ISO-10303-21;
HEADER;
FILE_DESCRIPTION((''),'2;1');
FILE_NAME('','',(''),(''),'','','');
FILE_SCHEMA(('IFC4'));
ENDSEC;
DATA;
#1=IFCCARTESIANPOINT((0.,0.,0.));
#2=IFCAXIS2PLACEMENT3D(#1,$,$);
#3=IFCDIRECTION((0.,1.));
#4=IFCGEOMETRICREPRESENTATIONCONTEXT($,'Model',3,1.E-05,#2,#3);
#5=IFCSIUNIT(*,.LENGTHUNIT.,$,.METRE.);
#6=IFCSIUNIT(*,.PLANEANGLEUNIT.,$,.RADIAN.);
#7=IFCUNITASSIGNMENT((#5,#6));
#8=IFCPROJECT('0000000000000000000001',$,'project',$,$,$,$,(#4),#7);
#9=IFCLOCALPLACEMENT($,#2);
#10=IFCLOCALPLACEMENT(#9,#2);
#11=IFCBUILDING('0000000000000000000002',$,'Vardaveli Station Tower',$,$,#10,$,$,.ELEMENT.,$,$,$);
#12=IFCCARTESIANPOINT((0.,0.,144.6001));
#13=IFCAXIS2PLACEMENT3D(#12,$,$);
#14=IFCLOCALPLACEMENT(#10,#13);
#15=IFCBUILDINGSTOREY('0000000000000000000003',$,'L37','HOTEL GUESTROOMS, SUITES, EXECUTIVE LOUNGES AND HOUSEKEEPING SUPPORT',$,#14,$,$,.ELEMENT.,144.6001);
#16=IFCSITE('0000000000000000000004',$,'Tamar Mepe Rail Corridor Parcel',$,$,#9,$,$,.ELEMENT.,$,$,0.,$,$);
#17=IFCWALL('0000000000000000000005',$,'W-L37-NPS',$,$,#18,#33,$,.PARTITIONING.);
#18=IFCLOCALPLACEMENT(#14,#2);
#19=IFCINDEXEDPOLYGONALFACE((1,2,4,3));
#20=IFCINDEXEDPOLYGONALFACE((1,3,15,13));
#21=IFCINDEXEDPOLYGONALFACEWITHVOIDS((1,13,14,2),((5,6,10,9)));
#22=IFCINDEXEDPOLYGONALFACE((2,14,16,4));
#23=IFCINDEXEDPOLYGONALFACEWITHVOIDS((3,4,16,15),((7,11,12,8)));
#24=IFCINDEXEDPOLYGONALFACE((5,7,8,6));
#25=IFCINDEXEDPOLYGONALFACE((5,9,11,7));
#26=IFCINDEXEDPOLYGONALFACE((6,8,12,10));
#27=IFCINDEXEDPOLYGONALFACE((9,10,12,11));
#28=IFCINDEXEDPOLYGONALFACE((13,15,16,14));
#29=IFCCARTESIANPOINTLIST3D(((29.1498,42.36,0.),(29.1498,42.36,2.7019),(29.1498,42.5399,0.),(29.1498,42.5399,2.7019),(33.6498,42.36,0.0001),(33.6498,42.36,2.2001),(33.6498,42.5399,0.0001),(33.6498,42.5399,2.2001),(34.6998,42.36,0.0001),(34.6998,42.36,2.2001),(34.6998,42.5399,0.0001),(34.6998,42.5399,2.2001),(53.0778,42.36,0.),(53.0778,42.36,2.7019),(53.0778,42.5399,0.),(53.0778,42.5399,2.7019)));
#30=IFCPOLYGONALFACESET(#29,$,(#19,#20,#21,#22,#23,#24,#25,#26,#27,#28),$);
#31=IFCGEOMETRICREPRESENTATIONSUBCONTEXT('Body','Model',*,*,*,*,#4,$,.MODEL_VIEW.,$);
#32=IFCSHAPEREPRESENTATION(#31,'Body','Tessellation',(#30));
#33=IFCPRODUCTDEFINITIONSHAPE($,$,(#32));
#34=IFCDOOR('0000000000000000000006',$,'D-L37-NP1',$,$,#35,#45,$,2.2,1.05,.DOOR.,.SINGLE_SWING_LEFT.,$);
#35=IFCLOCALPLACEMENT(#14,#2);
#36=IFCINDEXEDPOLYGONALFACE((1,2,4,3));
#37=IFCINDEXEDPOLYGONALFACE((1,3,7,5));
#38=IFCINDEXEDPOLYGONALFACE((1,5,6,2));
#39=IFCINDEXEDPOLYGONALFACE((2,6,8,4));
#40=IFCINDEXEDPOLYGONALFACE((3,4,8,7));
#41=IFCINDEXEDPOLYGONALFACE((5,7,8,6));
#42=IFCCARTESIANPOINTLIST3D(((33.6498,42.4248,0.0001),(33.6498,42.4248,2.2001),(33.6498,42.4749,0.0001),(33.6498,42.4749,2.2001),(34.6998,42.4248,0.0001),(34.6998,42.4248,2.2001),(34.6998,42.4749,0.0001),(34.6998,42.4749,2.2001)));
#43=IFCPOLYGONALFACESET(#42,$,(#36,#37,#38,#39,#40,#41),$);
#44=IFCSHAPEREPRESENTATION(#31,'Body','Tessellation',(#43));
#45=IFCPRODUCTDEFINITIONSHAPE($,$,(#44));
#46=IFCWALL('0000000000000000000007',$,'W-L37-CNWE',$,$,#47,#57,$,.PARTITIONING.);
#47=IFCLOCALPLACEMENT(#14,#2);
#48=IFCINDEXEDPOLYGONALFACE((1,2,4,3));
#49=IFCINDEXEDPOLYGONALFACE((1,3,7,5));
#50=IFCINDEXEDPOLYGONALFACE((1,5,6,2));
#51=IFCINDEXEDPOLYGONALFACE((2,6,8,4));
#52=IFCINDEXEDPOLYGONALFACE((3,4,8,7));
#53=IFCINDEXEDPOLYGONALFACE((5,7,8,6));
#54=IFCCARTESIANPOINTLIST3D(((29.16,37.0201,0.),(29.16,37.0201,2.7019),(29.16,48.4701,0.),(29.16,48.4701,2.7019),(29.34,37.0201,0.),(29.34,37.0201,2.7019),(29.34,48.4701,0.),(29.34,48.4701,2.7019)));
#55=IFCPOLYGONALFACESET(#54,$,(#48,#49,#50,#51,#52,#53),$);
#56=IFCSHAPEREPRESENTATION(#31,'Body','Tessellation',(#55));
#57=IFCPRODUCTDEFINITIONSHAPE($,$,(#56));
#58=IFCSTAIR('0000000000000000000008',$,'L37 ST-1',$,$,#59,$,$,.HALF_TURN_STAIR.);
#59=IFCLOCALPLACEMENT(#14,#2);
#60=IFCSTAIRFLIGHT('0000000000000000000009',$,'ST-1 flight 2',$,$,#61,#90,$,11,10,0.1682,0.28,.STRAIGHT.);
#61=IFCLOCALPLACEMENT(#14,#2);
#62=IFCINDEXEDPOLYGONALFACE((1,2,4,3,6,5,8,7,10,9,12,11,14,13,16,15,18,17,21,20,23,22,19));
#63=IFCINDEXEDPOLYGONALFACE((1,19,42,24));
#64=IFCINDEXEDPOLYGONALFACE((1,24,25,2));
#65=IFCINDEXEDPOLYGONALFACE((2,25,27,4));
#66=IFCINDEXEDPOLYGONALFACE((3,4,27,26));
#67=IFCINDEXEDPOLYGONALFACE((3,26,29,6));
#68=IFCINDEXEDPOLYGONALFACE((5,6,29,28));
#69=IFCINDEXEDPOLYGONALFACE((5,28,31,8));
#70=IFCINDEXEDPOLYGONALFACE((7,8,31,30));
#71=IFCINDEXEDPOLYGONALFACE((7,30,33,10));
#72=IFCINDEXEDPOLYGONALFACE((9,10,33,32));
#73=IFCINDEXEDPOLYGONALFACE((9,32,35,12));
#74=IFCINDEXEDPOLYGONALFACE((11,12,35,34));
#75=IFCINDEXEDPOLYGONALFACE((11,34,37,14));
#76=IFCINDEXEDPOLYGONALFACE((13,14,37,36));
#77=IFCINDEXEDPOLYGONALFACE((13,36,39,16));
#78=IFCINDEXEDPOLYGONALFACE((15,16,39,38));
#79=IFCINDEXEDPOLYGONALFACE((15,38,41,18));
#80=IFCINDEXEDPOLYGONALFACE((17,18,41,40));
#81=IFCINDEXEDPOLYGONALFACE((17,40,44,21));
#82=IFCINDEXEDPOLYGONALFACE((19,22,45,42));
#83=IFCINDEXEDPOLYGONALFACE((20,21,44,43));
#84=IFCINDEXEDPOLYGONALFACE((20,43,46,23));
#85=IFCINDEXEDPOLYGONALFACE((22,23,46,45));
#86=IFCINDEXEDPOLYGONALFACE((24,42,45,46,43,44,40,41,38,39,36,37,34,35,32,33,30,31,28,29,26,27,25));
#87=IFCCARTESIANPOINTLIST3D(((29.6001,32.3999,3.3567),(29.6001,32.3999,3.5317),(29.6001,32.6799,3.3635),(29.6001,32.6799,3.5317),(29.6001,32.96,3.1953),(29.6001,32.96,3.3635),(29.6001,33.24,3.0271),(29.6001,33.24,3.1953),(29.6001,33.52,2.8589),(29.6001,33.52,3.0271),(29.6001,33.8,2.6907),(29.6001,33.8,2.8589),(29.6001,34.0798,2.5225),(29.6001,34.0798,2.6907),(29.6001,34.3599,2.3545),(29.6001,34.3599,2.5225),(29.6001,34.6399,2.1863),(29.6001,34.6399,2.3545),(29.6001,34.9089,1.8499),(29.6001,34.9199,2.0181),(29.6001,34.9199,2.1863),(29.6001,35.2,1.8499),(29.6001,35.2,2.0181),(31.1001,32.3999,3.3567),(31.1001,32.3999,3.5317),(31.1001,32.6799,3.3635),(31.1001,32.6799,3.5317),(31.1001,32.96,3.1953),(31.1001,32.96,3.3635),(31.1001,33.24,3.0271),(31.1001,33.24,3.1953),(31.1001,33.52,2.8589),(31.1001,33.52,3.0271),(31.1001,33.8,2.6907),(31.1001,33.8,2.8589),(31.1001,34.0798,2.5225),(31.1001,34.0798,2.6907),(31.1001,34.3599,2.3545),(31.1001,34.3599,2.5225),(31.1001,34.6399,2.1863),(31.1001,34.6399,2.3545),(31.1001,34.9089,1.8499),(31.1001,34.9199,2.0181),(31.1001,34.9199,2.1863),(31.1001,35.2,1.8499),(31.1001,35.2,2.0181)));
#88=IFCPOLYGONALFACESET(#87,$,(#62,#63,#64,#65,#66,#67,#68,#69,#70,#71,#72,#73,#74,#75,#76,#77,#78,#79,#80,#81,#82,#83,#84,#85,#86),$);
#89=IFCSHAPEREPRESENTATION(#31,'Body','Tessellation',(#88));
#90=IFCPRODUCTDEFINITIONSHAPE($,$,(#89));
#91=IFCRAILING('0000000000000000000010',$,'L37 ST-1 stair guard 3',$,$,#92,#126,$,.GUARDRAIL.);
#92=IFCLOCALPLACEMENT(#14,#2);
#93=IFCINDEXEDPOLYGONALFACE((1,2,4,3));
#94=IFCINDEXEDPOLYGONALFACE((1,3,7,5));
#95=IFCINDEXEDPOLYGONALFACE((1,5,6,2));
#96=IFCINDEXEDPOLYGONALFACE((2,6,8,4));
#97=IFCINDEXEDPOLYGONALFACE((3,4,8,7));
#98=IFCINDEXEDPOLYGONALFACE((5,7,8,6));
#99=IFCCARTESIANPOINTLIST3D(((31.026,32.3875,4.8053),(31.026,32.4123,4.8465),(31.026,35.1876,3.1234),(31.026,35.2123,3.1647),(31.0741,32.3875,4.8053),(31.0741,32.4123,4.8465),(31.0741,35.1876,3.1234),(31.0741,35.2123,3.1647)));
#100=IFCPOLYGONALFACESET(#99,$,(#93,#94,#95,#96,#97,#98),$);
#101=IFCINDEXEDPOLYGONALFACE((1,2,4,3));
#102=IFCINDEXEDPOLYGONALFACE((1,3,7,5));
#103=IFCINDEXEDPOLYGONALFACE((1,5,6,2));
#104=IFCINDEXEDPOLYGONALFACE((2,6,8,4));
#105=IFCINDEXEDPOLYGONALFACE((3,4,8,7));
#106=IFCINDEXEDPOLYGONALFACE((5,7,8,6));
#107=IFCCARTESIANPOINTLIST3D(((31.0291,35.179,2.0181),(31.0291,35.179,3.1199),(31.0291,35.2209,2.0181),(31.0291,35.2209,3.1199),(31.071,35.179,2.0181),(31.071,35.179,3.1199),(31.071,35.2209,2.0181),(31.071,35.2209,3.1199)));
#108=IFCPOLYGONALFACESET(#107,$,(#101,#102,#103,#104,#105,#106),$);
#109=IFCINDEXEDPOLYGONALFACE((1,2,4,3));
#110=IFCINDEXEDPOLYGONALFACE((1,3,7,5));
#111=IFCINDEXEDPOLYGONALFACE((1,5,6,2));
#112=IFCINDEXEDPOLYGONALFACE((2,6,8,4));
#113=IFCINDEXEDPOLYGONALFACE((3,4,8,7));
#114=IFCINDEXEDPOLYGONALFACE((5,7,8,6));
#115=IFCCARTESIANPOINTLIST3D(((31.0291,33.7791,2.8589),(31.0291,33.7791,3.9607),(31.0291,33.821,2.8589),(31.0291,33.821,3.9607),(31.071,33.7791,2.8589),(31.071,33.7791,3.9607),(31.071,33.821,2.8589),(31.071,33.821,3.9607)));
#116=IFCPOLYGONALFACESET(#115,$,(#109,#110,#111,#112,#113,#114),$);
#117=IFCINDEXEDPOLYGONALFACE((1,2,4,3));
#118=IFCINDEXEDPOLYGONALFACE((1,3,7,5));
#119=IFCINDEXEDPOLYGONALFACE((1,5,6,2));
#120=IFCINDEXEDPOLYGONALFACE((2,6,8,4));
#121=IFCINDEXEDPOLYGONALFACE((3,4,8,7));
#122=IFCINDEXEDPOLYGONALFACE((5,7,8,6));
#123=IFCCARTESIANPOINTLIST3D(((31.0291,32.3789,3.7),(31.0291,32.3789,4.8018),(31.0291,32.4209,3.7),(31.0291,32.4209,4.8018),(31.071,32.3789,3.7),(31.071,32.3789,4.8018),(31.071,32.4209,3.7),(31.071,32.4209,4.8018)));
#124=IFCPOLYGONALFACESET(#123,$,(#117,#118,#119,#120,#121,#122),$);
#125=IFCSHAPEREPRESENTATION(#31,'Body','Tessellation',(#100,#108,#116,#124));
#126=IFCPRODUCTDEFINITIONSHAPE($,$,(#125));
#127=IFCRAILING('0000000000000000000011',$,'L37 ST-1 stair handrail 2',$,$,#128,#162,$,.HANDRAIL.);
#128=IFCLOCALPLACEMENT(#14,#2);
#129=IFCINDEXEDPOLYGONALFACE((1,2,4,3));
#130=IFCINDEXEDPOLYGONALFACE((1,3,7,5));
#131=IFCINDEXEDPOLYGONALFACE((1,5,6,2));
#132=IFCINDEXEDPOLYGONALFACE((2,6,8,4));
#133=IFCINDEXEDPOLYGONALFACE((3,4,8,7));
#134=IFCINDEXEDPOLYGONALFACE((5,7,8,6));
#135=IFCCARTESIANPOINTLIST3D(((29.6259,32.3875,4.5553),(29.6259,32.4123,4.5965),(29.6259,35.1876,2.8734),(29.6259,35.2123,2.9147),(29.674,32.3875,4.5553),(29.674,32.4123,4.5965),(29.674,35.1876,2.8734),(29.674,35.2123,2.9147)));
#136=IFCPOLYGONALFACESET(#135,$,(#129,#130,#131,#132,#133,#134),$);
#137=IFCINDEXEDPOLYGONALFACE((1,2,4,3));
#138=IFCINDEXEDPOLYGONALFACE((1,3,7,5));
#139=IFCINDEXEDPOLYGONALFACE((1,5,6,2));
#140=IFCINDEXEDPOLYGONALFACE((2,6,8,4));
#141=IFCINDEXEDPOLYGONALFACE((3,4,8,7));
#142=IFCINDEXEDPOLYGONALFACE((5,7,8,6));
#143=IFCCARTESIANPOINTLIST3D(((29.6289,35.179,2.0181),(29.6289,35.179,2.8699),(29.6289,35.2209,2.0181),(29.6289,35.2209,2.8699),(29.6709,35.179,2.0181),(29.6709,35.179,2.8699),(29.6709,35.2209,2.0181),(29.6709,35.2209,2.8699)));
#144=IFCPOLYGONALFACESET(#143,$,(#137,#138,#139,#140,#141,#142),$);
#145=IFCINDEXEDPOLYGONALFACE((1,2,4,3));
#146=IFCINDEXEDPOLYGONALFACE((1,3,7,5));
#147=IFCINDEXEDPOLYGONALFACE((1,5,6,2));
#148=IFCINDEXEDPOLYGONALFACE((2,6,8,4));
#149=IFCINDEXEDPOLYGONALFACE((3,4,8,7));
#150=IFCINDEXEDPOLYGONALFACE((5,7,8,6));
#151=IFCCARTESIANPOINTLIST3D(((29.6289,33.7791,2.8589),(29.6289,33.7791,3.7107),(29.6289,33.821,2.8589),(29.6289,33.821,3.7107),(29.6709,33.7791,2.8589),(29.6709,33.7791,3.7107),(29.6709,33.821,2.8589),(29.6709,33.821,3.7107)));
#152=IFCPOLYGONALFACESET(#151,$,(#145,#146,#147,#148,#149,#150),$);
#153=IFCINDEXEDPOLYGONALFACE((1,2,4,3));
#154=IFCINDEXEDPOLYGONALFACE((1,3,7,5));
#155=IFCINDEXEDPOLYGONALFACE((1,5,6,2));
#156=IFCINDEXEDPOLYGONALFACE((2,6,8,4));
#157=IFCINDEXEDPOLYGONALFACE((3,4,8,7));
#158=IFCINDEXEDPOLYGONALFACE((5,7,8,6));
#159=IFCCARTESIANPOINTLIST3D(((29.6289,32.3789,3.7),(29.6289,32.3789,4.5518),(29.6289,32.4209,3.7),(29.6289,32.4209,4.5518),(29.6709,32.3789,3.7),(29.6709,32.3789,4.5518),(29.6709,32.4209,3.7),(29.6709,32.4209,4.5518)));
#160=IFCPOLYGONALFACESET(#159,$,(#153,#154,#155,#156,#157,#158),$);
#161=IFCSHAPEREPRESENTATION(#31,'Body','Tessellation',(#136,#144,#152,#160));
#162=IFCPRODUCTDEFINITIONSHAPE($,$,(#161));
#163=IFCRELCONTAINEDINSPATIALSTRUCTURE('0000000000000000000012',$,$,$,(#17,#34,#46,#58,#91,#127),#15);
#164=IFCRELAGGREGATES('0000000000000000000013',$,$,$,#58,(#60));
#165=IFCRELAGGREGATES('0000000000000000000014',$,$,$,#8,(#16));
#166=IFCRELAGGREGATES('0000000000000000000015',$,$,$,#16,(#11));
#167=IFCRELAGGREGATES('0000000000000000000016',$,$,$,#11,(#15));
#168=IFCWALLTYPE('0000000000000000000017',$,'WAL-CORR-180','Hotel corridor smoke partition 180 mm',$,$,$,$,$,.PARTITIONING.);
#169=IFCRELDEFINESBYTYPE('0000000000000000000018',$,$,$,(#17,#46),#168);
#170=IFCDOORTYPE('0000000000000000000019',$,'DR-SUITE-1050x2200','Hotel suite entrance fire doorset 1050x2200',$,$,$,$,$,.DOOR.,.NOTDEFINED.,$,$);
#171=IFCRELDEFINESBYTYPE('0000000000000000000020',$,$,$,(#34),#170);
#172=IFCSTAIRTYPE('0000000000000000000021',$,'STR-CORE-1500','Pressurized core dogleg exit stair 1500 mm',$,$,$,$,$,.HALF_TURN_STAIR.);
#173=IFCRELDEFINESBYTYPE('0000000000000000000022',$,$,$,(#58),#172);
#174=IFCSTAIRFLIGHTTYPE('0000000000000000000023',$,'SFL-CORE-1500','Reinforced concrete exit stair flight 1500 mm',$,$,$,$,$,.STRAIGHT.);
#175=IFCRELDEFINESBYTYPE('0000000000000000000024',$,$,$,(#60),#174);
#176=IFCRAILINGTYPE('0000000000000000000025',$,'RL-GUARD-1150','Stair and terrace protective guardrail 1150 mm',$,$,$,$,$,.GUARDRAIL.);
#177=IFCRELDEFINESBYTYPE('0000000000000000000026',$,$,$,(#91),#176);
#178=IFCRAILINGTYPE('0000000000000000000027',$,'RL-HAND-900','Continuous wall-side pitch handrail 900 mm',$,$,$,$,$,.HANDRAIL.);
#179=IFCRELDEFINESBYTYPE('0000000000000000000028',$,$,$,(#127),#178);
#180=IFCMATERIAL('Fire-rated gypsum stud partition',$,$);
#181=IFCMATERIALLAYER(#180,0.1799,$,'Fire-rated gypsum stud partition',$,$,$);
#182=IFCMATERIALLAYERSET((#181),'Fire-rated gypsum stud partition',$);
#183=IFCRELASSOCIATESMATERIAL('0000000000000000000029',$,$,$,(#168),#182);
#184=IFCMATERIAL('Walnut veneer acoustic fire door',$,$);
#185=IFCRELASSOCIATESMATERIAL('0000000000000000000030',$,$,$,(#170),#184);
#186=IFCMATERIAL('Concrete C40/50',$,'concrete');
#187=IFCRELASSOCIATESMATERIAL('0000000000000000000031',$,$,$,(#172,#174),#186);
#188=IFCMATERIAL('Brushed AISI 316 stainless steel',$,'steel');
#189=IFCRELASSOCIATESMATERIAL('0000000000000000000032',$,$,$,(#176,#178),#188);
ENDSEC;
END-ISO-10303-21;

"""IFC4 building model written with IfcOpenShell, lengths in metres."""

from ifc_helpers import new_model, si_unit, direction, frame, frame_2d, origin, origin_2d, place, context, subcontext, project, spatial, polyline, rectangle, outline, extrude, source, transform, mapped, material, layer, layer_set, type_object, element, fill, aggregate, save


model = new_model("IFC4")

# Units and contexts
model_context = context("Model", 3, precision=1e-05, world=origin(), true_north=direction((0.0, 1.0)))
body_context = subcontext(model_context, "Body", "Model", "MODEL_VIEW")
ifc_project = project(units=[si_unit("LENGTHUNIT", "METRE"), si_unit("PLANEANGLEUNIT", "RADIAN")], contexts=[model_context])

# Site, building, storey
site_placement = place(None, origin())
site = spatial("IfcSite", under=ifc_project, at=site_placement, Name="Tamar Mepe Rail Corridor Parcel", CompositionType="ELEMENT", RefElevation=0.0)
building_placement = place(site_placement, origin())
building = spatial("IfcBuilding", under=site, at=building_placement, Name="Vardaveli Station Tower", CompositionType="ELEMENT")
storey_placement = place(building_placement, frame((0.0, 0.0, 144.6001)))
storey = spatial("IfcBuildingStorey", under=building, at=storey_placement, Name="L37", Description="HOTEL GUESTROOMS, SUITES, EXECUTIVE LOUNGES AND HOUSEKEEPING SUPPORT", CompositionType="ELEMENT", Elevation=144.6001)

# Shared definitions
ifc_material_1 = material(Name="Concrete C40/50", Category="concrete")

# Wall, opening, door
ifc_material_2 = material(Name="Fire-rated gypsum stud partition")
ifc_layer_1 = layer(ifc_material_2, 0.1799, Name="Fire-rated gypsum stud partition")
ifc_layer_set_1 = layer_set([ifc_layer_1], Name="Fire-rated gypsum stud partition")
wall_type_1 = type_object("IfcWallType", Name="WAL-CORR-180", Description="Hotel corridor smoke partition 180 mm", PredefinedType="PARTITIONING", material=ifc_layer_set_1)
shared_shape_1 = source(origin(), body_context, "Body", "SweptSolid", [
    extrude(rectangle(XDim=23.928, YDim=0.1799, at=frame_2d((11.9639, 0.0))), origin(), (0.0, 0.0, 1.0), 2.7019),
])
wall_1_placement = place(storey_placement, frame((29.1499, 42.45, 0.0), z_axis=(0.0, 0.0, 1.0), x_axis=(1.0, 0.0, 0.0)))
wall_1 = element("IfcWall", 1, at=wall_1_placement, inside=storey, type_object=wall_type_1, Name="W-L37-NPS", PredefinedType="PARTITIONING", context=body_context, shape_type="MappedRepresentation", body=[
    mapped(shared_shape_1, transform((0.0, 0.0, 0.0), scale=1.0)),
])
shared_shape_2 = source(origin(), body_context, "Body", "SweptSolid", [
    extrude(rectangle(XDim=1.05, YDim=2.2, at=frame_2d((0.5249, 1.1001))), frame((0.0, 0.1001, 0.0), z_axis=(0.0, -1.0, 0.0), x_axis=(1.0, 0.0, 0.0)), (0.0, 0.0, 1.0), 0.2),
])
opening_1_placement = place(wall_1_placement, frame((4.5, 0.0, 0.0)))
opening_1 = element("IfcOpeningElement", 2, at=opening_1_placement, cuts=wall_1, PredefinedType="OPENING", context=body_context, shape_type="MappedRepresentation", body=[
    mapped(shared_shape_2, transform((0.0, 0.0, 0.0), scale=1.0)),
])
ifc_material_3 = material(Name="Walnut veneer acoustic fire door")
door_type_1 = type_object("IfcDoorType", Name="DR-SUITE-1050x2200", Description="Hotel suite entrance fire doorset 1050x2200", OperationType="NOTDEFINED", PredefinedType="DOOR", material=ifc_material_3)
shared_shape_3 = source(origin(), body_context, "Body", "SweptSolid", [
    extrude(rectangle(XDim=1.05, YDim=2.2, at=frame_2d((0.5249, 1.1001))), frame((0.0, 0.0249, 0.0), z_axis=(0.0, -1.0, 0.0), x_axis=(1.0, 0.0, 0.0)), (0.0, 0.0, 1.0), 0.05),
])
door_1_placement = place(opening_1_placement, origin())
door_1 = element("IfcDoor", 3, at=door_1_placement, inside=storey, type_object=door_type_1, Name="D-L37-NP1", OperationType="SINGLE_SWING_LEFT", OverallHeight=2.2, OverallWidth=1.05, PredefinedType="DOOR", context=body_context, shape_type="MappedRepresentation", body=[
    mapped(shared_shape_3, transform((0.0, 0.0, 0.0), scale=1.0)),
])
fill(opening_1, door_1)

# Wall
shared_shape_4 = source(origin(), body_context, "Body", "SweptSolid", [
    extrude(rectangle(XDim=11.45, YDim=0.1799, at=frame_2d((5.7251, 0.0))), origin(), (0.0, 0.0, 1.0), 2.7019),
])
wall_2_placement = place(storey_placement, frame((29.25, 37.02, 0.0), z_axis=(0.0, 0.0, 1.0), x_axis=(0.0, 1.0, 0.0)))
element("IfcWall", 4, at=wall_2_placement, inside=storey, type_object=wall_type_1, Name="W-L37-CNWE", PredefinedType="PARTITIONING", context=body_context, shape_type="MappedRepresentation", body=[
    mapped(shared_shape_4, transform((0.0, 0.0, 0.0), scale=1.0)),
])

# Stair, stair flight
stair_type = type_object("IfcStairType", Name="STR-CORE-1500", Description="Pressurized core dogleg exit stair 1500 mm", PredefinedType="HALF_TURN_STAIR", material=ifc_material_1)
stair_placement = place(storey_placement, origin())
stair = element("IfcStair", 5, at=stair_placement, inside=storey, type_object=stair_type, Name="L37 ST-1", PredefinedType="HALF_TURN_STAIR")
stair_flight_type = type_object("IfcStairFlightType", Name="SFL-CORE-1500", Description="Reinforced concrete exit stair flight 1500 mm", PredefinedType="STRAIGHT", material=ifc_material_1)
shared_shape_5 = source(origin(), body_context, "Body", "SweptSolid", [
    extrude(outline(polyline([(0.0, 0.0), (0.0, 0.1682), (0.28, 0.1682), (0.28, 0.3364), (0.5601, 0.3364), (0.5601, 0.5046), (0.8401, 0.5046), (0.8401, 0.6726), (1.1201, 0.6726), (1.1201, 0.8408), (1.3999, 0.8408), (1.3999, 1.009), (1.6799, 1.009), (1.6799, 1.1772), (1.96, 1.1772), (1.96, 1.3455), (2.24, 1.3455), (2.24, 1.5137), (2.52, 1.5137), (2.52, 1.6819), (2.8, 1.6819), (2.8, 1.8501), (2.8, 1.5068), (0.291, 0.0), (0.0, 0.0)])), frame((0.0, 0.75, 0.0), z_axis=(0.0, -1.0, 0.0), x_axis=(1.0, 0.0, 0.0)), (0.0, 0.0, 1.0), 1.5),
])
stair_flight_placement = place(storey_placement, frame((30.3501, 35.2, 1.8499), z_axis=(0.0, 0.0, 1.0), x_axis=(0.0, -1.0, 0.0)))
stair_flight = element("IfcStairFlight", 6, at=stair_flight_placement, type_object=stair_flight_type, Name="ST-1 flight 2", NumberOfRisers=11, NumberOfTreads=10, PredefinedType="STRAIGHT", RiserHeight=0.1682, TreadLength=0.28, context=body_context, shape_type="MappedRepresentation", body=[
    mapped(shared_shape_5, transform((0.0, 0.0, 0.0), scale=1.0)),
])
aggregate(stair, [stair_flight])

# Railings
ifc_material_4 = material(Name="Brushed AISI 316 stainless steel", Category="steel")
railing_type_1 = type_object("IfcRailingType", Name="RL-GUARD-1150", Description="Stair and terrace protective guardrail 1150 mm", PredefinedType="GUARDRAIL", material=ifc_material_4)
shared_shape_6 = source(origin(), body_context, "Body", "SweptSolid", [
    extrude(rectangle(XDim=0.0481, YDim=0.0481, at=origin_2d()), frame((0.0, 0.0, 1.126), z_axis=(0.0, -0.857242, 0.514913), x_axis=(1.0, 0.0, 0.0)), (0.0, 0.0, 1.0), 3.2664),
    extrude(rectangle(XDim=0.042, YDim=0.042, at=origin_2d()), origin(), (0.0, 0.0, 1.0), 1.1018),
    extrude(rectangle(XDim=0.042, YDim=0.042, at=origin_2d()), frame((0.0, -1.3999, 0.8408)), (0.0, 0.0, 1.0), 1.1018),
    extrude(rectangle(XDim=0.042, YDim=0.042, at=origin_2d()), frame((0.0, -2.8, 1.6819)), (0.0, 0.0, 1.0), 1.1018),
])
railing_1_placement = place(storey_placement, frame((31.05, 35.2, 2.0181)))
element("IfcRailing", 7, at=railing_1_placement, inside=storey, type_object=railing_type_1, Name="L37 ST-1 stair guard 3", PredefinedType="GUARDRAIL", context=body_context, shape_type="MappedRepresentation", body=[
    mapped(shared_shape_6, transform((0.0, 0.0, 0.0), scale=1.0)),
])
railing_type_2 = type_object("IfcRailingType", Name="RL-HAND-900", Description="Continuous wall-side pitch handrail 900 mm", PredefinedType="HANDRAIL", material=ifc_material_4)
shared_shape_7 = source(origin(), body_context, "Body", "SweptSolid", [
    extrude(rectangle(XDim=0.0481, YDim=0.0481, at=origin_2d()), frame((0.0, 0.0, 0.876), z_axis=(0.0, -0.857242, 0.514913), x_axis=(1.0, 0.0, 0.0)), (0.0, 0.0, 1.0), 3.2664),
    extrude(rectangle(XDim=0.042, YDim=0.042, at=origin_2d()), origin(), (0.0, 0.0, 1.0), 0.8518),
    extrude(rectangle(XDim=0.042, YDim=0.042, at=origin_2d()), frame((0.0, -1.3999, 0.8408)), (0.0, 0.0, 1.0), 0.8518),
    extrude(rectangle(XDim=0.042, YDim=0.042, at=origin_2d()), frame((0.0, -2.8, 1.6819)), (0.0, 0.0, 1.0), 0.8518),
])
railing_2_placement = place(storey_placement, frame((29.6499, 35.2, 2.0181)))
element("IfcRailing", 8, at=railing_2_placement, inside=storey, type_object=railing_type_2, Name="L37 ST-1 stair handrail 2", PredefinedType="HANDRAIL", context=body_context, shape_type="MappedRepresentation", body=[
    mapped(shared_shape_7, transform((0.0, 0.0, 0.0), scale=1.0)),
])

save(model, "model.ifc")
